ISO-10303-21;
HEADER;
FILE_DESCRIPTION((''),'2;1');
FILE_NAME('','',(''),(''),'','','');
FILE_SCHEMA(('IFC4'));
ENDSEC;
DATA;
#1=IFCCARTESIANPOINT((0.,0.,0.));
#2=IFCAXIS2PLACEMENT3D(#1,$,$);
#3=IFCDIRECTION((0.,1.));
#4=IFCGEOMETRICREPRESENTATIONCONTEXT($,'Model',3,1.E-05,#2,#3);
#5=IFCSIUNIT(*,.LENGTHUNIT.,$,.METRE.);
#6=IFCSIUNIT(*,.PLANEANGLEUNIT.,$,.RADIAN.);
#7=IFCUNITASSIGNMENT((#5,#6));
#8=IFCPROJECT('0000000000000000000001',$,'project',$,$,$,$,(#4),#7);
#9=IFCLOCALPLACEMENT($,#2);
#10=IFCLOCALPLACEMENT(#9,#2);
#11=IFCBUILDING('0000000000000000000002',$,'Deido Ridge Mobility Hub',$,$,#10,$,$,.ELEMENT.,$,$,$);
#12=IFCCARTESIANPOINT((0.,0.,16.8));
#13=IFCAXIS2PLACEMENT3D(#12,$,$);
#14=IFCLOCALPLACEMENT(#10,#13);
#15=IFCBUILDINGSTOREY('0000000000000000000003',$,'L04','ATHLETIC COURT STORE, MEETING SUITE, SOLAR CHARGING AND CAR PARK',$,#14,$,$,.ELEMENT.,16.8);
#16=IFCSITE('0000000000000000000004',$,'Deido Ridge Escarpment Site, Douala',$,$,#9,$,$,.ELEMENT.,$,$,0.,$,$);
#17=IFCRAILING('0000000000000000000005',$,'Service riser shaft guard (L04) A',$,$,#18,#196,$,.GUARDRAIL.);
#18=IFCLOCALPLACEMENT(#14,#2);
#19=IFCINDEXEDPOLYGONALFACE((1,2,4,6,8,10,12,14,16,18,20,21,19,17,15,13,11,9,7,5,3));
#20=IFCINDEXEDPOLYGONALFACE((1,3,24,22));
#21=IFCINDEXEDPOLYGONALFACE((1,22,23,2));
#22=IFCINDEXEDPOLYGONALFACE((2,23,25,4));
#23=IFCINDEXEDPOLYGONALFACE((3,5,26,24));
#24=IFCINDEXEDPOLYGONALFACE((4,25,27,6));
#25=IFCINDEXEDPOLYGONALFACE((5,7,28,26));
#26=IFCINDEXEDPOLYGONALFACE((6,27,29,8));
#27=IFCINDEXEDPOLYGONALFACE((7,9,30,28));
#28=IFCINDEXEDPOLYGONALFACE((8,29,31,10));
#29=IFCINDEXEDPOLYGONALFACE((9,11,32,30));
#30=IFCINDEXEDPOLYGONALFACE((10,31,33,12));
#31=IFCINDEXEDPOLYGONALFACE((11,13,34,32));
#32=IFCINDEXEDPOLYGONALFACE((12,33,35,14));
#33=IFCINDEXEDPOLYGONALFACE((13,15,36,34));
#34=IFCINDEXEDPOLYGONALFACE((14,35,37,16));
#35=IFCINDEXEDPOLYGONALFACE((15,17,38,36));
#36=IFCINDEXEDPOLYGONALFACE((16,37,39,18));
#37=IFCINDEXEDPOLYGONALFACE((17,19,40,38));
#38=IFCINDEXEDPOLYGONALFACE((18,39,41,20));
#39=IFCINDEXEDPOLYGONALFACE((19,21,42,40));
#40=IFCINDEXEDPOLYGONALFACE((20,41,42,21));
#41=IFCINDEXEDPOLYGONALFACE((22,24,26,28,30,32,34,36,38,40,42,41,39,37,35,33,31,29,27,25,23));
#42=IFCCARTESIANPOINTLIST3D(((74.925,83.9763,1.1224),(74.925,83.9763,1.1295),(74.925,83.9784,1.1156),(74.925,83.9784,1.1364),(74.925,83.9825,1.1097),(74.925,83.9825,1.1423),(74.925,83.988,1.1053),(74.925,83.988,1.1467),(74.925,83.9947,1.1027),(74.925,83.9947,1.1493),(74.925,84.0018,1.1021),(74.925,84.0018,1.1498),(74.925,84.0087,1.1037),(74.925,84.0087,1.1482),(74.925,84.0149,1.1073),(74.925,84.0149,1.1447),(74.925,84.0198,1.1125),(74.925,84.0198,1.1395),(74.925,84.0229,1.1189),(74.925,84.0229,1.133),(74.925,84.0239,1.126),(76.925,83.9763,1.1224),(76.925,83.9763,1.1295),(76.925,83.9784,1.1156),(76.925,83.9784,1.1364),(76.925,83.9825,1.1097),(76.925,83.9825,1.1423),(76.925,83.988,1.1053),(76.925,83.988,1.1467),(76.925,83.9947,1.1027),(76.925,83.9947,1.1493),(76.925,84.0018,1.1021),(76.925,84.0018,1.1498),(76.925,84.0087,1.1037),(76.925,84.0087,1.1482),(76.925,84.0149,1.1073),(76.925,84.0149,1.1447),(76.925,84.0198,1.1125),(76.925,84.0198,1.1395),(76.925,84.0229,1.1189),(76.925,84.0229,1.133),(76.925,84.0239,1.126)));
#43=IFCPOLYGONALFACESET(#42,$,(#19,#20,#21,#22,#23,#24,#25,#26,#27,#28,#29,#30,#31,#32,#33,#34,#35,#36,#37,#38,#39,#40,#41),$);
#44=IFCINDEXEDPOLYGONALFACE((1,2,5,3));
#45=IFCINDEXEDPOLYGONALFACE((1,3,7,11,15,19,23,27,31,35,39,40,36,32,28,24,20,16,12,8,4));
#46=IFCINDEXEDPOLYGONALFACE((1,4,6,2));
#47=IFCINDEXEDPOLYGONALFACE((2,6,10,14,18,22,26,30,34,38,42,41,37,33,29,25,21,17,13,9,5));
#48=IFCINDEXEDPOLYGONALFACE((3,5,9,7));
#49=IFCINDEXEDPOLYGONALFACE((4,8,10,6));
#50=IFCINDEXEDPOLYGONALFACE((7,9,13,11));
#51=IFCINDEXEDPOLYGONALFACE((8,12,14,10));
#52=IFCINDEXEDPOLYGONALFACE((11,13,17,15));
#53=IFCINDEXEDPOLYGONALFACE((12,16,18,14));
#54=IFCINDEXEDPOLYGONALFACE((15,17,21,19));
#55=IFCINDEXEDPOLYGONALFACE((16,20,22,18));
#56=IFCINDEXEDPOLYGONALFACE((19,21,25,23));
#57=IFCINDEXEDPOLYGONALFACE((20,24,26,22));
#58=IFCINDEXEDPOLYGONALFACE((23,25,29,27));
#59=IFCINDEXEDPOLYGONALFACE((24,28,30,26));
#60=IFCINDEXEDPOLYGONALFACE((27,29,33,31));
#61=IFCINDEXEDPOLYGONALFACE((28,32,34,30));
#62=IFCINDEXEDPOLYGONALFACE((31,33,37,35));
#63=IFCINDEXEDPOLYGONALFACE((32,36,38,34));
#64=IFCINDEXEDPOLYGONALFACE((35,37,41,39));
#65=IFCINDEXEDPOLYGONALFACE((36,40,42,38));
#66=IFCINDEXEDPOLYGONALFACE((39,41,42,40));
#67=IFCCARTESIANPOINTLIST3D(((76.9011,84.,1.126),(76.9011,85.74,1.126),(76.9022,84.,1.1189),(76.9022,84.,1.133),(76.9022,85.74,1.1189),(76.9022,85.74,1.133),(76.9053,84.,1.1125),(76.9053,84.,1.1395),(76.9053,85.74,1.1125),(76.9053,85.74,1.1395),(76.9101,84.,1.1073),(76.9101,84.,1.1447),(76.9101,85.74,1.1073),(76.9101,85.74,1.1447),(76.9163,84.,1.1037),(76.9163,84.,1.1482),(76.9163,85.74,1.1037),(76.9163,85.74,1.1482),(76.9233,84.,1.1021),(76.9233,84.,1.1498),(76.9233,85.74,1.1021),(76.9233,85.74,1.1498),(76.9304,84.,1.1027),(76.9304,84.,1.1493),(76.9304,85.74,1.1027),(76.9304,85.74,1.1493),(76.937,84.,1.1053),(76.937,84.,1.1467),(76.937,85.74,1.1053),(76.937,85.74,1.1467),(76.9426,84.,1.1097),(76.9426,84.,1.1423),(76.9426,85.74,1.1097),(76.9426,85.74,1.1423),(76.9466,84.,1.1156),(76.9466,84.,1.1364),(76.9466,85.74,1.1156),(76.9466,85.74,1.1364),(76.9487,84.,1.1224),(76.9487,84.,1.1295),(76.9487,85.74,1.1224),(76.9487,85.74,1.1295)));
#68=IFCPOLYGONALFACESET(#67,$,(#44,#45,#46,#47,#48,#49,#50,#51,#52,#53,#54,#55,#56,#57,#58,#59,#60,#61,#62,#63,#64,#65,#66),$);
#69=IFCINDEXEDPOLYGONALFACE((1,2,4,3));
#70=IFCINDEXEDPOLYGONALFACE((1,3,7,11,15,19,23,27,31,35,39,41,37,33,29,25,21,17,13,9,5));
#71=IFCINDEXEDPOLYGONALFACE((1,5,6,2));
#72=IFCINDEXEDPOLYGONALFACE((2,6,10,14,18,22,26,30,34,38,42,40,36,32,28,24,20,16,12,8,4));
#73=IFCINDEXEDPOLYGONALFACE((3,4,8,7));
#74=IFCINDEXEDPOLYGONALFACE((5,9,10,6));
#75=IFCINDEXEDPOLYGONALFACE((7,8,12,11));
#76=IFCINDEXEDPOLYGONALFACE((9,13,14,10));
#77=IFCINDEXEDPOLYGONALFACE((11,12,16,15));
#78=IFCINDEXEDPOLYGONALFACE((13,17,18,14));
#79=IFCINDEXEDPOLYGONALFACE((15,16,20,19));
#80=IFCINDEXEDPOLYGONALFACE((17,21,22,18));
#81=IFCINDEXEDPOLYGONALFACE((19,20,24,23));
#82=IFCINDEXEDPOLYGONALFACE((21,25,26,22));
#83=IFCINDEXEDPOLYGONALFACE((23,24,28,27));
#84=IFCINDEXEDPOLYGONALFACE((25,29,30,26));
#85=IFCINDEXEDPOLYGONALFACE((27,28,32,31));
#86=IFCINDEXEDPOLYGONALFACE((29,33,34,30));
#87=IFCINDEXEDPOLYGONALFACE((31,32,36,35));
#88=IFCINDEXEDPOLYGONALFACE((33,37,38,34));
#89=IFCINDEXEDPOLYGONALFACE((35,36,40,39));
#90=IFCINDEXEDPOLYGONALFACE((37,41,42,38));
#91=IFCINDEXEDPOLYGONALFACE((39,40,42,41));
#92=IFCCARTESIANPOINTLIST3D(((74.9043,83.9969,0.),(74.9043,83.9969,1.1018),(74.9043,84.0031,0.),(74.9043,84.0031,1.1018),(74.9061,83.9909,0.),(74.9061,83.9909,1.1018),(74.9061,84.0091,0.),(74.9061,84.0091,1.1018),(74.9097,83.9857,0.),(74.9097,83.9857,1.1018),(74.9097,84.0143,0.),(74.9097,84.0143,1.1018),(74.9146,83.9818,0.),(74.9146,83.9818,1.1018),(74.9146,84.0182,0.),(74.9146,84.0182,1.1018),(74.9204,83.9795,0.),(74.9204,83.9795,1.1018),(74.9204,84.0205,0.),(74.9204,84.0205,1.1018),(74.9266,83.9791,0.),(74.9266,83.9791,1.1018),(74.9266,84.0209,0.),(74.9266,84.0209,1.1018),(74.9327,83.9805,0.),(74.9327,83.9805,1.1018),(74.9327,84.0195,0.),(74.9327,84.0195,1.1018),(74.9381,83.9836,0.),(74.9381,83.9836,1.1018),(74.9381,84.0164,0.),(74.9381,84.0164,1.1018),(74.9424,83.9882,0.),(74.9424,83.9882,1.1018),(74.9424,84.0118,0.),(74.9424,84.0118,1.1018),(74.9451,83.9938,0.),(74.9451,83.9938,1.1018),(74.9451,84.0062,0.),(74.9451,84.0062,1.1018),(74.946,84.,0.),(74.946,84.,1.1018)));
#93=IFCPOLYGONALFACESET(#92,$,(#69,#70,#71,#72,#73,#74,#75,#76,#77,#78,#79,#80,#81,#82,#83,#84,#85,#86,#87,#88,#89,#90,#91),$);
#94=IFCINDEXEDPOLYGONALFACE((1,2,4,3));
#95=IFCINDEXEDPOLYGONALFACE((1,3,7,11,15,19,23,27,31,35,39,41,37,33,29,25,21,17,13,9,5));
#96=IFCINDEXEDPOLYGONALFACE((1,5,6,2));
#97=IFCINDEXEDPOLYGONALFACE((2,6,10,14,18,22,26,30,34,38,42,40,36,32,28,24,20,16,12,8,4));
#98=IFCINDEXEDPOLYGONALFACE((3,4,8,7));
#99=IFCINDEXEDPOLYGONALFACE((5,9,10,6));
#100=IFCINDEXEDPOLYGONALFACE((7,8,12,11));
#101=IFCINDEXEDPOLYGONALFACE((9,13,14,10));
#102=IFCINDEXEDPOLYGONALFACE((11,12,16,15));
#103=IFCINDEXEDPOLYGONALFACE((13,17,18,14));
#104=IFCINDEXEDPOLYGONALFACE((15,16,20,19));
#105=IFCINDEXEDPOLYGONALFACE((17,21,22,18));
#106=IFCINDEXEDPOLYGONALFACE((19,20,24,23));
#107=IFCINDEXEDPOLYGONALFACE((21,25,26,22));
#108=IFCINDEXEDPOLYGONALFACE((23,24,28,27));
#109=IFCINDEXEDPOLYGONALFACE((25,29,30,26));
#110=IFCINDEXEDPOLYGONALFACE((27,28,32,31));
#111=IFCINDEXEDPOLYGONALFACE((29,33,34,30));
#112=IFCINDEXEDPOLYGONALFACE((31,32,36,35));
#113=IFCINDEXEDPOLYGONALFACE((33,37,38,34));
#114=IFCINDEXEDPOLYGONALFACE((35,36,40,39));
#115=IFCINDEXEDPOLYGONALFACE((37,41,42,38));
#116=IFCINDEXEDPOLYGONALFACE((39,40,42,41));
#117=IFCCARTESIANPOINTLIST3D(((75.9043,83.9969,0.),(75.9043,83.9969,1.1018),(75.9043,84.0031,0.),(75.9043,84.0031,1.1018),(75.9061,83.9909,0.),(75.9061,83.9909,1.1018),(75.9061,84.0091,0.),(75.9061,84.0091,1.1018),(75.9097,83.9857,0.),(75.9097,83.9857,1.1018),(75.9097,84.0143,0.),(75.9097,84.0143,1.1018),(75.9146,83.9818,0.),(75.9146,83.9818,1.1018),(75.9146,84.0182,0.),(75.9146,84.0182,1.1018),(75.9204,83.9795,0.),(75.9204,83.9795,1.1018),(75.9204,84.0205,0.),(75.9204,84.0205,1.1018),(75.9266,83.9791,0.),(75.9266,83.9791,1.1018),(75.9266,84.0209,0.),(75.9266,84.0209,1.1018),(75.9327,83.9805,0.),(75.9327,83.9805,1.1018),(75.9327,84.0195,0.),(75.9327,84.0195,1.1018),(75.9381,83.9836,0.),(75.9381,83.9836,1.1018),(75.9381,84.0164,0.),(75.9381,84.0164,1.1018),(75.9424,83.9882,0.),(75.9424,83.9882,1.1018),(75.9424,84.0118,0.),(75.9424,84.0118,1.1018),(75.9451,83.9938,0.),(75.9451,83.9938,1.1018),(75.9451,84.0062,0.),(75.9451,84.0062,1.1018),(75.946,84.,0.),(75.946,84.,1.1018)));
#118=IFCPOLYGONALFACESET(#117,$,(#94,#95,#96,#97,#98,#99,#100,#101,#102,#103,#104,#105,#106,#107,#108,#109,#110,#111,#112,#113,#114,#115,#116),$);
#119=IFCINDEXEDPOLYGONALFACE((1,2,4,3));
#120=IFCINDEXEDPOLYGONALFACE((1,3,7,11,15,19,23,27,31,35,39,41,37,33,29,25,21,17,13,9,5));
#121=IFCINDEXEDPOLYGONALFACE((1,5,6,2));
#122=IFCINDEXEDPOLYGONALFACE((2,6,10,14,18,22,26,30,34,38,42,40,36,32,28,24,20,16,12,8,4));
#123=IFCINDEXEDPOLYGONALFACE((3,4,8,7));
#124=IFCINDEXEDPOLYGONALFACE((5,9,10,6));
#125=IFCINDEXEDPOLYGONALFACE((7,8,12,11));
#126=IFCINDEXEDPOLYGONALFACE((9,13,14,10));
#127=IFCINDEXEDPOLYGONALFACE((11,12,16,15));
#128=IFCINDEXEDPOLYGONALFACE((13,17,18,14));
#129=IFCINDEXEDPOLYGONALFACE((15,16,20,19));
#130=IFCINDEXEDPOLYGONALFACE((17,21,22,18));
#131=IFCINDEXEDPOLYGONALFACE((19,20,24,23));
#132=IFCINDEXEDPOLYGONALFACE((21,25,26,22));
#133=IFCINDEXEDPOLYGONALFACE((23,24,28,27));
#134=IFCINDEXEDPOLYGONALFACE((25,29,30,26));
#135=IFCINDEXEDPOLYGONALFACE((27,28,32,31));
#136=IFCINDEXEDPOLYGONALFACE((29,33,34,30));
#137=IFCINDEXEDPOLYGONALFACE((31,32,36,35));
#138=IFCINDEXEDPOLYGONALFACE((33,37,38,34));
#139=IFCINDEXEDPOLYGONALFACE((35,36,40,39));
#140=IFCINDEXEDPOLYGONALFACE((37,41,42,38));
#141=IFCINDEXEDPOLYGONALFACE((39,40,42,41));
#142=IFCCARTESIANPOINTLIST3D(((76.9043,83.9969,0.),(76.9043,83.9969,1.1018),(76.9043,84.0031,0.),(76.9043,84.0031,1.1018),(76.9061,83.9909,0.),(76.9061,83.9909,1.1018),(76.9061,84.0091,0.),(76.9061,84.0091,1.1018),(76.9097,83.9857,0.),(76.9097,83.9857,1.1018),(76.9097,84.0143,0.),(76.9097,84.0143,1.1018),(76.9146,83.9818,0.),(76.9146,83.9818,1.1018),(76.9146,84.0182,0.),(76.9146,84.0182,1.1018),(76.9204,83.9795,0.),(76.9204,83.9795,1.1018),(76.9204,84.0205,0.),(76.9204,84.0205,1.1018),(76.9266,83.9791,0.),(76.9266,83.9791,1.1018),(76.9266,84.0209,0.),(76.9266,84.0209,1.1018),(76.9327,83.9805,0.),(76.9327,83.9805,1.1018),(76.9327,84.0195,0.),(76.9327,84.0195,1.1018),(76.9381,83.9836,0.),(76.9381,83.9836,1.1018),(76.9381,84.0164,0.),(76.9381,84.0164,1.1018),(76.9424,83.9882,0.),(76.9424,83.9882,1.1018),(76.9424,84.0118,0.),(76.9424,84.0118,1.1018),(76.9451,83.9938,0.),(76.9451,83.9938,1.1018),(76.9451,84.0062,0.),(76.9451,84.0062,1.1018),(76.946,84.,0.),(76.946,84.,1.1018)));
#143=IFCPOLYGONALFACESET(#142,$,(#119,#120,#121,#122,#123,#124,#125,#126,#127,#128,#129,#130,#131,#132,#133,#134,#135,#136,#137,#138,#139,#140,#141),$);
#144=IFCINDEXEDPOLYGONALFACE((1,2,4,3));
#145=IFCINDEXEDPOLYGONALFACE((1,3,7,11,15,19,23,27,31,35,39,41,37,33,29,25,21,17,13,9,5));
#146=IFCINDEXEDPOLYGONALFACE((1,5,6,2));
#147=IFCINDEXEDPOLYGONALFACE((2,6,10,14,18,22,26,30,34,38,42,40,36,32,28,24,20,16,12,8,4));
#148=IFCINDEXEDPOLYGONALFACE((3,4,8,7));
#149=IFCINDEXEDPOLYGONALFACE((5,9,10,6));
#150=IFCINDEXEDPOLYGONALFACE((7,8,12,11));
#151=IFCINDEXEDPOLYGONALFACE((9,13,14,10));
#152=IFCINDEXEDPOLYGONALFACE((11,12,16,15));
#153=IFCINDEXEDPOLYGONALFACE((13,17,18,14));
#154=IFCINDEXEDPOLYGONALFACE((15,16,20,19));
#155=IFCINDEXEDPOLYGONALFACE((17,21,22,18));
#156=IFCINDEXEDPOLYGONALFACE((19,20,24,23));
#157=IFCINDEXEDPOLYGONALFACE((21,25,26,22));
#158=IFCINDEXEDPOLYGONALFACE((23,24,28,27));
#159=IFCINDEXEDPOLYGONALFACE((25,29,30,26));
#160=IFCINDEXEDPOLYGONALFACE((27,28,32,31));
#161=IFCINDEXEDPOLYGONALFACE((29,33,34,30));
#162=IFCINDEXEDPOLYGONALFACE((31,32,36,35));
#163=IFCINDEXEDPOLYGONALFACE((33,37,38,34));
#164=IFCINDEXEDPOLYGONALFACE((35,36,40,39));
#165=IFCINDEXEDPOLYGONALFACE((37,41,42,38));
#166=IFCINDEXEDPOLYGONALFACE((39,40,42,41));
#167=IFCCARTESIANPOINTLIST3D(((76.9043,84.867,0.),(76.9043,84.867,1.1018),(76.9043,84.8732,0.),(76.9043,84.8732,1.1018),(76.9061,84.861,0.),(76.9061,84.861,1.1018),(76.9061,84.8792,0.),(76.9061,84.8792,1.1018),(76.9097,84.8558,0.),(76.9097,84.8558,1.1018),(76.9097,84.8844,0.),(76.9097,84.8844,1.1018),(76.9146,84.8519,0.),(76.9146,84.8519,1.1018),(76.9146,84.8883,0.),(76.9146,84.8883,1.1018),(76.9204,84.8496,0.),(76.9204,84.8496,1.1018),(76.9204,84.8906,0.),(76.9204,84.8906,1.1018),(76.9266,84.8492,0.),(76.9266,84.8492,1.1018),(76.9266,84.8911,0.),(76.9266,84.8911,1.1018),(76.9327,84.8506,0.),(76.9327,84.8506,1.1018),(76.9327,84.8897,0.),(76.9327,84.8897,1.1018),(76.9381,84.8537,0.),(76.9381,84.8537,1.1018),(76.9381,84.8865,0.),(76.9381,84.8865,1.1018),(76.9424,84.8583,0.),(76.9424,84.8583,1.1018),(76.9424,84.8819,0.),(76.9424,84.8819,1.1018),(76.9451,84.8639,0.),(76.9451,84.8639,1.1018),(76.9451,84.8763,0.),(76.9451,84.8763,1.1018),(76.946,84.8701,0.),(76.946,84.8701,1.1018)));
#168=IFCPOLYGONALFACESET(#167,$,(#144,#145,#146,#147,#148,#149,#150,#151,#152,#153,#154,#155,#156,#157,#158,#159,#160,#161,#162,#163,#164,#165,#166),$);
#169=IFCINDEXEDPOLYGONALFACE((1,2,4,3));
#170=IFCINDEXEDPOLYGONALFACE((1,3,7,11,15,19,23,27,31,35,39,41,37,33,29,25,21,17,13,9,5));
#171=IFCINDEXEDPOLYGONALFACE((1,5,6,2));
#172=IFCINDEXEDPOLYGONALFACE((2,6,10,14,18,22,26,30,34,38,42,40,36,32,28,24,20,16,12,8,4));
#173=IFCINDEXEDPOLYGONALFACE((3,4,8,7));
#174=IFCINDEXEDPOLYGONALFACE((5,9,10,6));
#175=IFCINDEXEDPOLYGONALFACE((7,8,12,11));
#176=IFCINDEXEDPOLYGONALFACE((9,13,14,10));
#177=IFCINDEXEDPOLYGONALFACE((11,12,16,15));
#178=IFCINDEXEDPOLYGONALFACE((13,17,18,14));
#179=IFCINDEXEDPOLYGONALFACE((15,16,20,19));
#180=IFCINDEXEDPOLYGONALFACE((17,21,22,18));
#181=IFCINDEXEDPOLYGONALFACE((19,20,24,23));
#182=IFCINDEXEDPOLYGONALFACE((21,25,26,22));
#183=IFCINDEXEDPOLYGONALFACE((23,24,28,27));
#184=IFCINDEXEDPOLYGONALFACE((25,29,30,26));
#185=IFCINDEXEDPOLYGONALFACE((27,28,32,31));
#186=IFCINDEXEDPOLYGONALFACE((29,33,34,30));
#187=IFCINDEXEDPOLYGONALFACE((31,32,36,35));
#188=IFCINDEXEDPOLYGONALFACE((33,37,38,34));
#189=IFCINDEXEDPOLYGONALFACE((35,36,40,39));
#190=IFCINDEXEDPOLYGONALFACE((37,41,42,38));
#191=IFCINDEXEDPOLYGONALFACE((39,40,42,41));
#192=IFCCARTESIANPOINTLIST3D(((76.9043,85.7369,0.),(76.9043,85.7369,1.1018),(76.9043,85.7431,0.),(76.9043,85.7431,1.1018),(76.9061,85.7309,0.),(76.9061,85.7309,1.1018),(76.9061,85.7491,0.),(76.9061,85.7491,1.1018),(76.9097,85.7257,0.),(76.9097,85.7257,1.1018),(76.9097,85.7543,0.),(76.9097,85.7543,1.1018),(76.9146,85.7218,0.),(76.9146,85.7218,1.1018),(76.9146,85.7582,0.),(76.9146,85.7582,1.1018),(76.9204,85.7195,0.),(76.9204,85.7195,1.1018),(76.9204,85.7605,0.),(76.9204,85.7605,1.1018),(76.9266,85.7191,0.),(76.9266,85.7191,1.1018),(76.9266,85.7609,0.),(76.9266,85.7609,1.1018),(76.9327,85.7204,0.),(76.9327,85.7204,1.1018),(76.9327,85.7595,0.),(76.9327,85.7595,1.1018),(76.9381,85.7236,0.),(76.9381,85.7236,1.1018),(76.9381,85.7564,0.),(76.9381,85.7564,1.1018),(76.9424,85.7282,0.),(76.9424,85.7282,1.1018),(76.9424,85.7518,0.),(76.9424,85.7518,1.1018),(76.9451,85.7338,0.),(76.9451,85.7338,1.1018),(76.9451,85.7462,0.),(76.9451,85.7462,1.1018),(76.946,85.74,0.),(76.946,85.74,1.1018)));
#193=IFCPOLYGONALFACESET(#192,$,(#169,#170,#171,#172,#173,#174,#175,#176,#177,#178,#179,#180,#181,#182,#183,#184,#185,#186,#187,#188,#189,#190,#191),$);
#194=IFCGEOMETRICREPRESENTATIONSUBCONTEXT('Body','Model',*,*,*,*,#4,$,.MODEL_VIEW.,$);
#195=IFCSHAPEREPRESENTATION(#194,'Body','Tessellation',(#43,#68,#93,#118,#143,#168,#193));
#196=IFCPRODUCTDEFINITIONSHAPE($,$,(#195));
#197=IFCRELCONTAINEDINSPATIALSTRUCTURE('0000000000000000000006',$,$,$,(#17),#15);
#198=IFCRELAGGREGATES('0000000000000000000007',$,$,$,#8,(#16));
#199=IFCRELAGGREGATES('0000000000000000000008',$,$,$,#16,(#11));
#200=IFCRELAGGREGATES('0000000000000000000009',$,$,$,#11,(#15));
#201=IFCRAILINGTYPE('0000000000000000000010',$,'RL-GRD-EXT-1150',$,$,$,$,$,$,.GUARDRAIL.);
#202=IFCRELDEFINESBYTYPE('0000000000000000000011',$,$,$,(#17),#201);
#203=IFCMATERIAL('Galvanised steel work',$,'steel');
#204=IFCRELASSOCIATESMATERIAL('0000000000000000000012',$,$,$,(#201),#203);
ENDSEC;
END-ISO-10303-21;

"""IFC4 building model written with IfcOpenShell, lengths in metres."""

from ifc_helpers import new_model, si_unit, direction, frame, origin, origin_2d, place, context, subcontext, project, spatial, circle, extrude, material, type_object, element, save


model = new_model("IFC4")

# Units and contexts
model_context = context("Model", 3, precision=1e-05, world=origin(), true_north=direction((0.0, 1.0)))
body_context = subcontext(model_context, "Body", "Model", "MODEL_VIEW")
ifc_project = project(units=[si_unit("LENGTHUNIT", "METRE"), si_unit("PLANEANGLEUNIT", "RADIAN")], contexts=[model_context])

# Site, building, storey
site_placement = place(None, origin())
site = spatial("IfcSite", under=ifc_project, at=site_placement, Name="Deido Ridge Escarpment Site, Douala", CompositionType="ELEMENT", RefElevation=0.0)
building_placement = place(site_placement, origin())
building = spatial("IfcBuilding", under=site, at=building_placement, Name="Deido Ridge Mobility Hub", CompositionType="ELEMENT")
storey_placement = place(building_placement, frame((0.0, 0.0, 16.8)))
storey = spatial("IfcBuildingStorey", under=building, at=storey_placement, Name="L04", Description="ATHLETIC COURT STORE, MEETING SUITE, SOLAR CHARGING AND CAR PARK", CompositionType="ELEMENT", Elevation=16.8)

# Railing
ifc_material_1 = material(Name="Galvanised steel work", Category="steel")
railing_type = type_object("IfcRailingType", Name="RL-GRD-EXT-1150", PredefinedType="GUARDRAIL", material=ifc_material_1)
railing_placement = place(storey_placement, frame((74.925, 84.0, 0.0)))
element("IfcRailing", 1, at=railing_placement, inside=storey, type_object=railing_type, Name="Service riser shaft guard (L04) A", PredefinedType="GUARDRAIL", context=body_context, shape_type="SweptSolid", body=[
    extrude(circle(Radius=0.0239, at=origin_2d()), frame((0.0, 0.0, 1.126), z_axis=(1.0, 0.0, 0.0), x_axis=(0.0, 1.0, 0.0)), (0.0, 0.0, 1.0), 2.0),
    extrude(circle(Radius=0.0239, at=origin_2d()), frame((2.0, 0.0, 1.126), z_axis=(0.0, 1.0, 0.0), x_axis=(-1.0, 0.0, 0.0)), (0.0, 0.0, 1.0), 1.74),
    extrude(circle(Radius=0.021, at=origin_2d()), origin(), (0.0, 0.0, 1.0), 1.1018),
    extrude(circle(Radius=0.021, at=origin_2d()), frame((1.0, 0.0, 0.0)), (0.0, 0.0, 1.0), 1.1018),
    extrude(circle(Radius=0.021, at=origin_2d()), frame((2.0, 0.0, 0.0)), (0.0, 0.0, 1.0), 1.1018),
    extrude(circle(Radius=0.021, at=origin_2d()), frame((2.0, 0.8701, 0.0)), (0.0, 0.0, 1.0), 1.1018),
    extrude(circle(Radius=0.021, at=origin_2d()), frame((2.0, 1.74, 0.0)), (0.0, 0.0, 1.0), 1.1018),
])

save(model, "model.ifc")
